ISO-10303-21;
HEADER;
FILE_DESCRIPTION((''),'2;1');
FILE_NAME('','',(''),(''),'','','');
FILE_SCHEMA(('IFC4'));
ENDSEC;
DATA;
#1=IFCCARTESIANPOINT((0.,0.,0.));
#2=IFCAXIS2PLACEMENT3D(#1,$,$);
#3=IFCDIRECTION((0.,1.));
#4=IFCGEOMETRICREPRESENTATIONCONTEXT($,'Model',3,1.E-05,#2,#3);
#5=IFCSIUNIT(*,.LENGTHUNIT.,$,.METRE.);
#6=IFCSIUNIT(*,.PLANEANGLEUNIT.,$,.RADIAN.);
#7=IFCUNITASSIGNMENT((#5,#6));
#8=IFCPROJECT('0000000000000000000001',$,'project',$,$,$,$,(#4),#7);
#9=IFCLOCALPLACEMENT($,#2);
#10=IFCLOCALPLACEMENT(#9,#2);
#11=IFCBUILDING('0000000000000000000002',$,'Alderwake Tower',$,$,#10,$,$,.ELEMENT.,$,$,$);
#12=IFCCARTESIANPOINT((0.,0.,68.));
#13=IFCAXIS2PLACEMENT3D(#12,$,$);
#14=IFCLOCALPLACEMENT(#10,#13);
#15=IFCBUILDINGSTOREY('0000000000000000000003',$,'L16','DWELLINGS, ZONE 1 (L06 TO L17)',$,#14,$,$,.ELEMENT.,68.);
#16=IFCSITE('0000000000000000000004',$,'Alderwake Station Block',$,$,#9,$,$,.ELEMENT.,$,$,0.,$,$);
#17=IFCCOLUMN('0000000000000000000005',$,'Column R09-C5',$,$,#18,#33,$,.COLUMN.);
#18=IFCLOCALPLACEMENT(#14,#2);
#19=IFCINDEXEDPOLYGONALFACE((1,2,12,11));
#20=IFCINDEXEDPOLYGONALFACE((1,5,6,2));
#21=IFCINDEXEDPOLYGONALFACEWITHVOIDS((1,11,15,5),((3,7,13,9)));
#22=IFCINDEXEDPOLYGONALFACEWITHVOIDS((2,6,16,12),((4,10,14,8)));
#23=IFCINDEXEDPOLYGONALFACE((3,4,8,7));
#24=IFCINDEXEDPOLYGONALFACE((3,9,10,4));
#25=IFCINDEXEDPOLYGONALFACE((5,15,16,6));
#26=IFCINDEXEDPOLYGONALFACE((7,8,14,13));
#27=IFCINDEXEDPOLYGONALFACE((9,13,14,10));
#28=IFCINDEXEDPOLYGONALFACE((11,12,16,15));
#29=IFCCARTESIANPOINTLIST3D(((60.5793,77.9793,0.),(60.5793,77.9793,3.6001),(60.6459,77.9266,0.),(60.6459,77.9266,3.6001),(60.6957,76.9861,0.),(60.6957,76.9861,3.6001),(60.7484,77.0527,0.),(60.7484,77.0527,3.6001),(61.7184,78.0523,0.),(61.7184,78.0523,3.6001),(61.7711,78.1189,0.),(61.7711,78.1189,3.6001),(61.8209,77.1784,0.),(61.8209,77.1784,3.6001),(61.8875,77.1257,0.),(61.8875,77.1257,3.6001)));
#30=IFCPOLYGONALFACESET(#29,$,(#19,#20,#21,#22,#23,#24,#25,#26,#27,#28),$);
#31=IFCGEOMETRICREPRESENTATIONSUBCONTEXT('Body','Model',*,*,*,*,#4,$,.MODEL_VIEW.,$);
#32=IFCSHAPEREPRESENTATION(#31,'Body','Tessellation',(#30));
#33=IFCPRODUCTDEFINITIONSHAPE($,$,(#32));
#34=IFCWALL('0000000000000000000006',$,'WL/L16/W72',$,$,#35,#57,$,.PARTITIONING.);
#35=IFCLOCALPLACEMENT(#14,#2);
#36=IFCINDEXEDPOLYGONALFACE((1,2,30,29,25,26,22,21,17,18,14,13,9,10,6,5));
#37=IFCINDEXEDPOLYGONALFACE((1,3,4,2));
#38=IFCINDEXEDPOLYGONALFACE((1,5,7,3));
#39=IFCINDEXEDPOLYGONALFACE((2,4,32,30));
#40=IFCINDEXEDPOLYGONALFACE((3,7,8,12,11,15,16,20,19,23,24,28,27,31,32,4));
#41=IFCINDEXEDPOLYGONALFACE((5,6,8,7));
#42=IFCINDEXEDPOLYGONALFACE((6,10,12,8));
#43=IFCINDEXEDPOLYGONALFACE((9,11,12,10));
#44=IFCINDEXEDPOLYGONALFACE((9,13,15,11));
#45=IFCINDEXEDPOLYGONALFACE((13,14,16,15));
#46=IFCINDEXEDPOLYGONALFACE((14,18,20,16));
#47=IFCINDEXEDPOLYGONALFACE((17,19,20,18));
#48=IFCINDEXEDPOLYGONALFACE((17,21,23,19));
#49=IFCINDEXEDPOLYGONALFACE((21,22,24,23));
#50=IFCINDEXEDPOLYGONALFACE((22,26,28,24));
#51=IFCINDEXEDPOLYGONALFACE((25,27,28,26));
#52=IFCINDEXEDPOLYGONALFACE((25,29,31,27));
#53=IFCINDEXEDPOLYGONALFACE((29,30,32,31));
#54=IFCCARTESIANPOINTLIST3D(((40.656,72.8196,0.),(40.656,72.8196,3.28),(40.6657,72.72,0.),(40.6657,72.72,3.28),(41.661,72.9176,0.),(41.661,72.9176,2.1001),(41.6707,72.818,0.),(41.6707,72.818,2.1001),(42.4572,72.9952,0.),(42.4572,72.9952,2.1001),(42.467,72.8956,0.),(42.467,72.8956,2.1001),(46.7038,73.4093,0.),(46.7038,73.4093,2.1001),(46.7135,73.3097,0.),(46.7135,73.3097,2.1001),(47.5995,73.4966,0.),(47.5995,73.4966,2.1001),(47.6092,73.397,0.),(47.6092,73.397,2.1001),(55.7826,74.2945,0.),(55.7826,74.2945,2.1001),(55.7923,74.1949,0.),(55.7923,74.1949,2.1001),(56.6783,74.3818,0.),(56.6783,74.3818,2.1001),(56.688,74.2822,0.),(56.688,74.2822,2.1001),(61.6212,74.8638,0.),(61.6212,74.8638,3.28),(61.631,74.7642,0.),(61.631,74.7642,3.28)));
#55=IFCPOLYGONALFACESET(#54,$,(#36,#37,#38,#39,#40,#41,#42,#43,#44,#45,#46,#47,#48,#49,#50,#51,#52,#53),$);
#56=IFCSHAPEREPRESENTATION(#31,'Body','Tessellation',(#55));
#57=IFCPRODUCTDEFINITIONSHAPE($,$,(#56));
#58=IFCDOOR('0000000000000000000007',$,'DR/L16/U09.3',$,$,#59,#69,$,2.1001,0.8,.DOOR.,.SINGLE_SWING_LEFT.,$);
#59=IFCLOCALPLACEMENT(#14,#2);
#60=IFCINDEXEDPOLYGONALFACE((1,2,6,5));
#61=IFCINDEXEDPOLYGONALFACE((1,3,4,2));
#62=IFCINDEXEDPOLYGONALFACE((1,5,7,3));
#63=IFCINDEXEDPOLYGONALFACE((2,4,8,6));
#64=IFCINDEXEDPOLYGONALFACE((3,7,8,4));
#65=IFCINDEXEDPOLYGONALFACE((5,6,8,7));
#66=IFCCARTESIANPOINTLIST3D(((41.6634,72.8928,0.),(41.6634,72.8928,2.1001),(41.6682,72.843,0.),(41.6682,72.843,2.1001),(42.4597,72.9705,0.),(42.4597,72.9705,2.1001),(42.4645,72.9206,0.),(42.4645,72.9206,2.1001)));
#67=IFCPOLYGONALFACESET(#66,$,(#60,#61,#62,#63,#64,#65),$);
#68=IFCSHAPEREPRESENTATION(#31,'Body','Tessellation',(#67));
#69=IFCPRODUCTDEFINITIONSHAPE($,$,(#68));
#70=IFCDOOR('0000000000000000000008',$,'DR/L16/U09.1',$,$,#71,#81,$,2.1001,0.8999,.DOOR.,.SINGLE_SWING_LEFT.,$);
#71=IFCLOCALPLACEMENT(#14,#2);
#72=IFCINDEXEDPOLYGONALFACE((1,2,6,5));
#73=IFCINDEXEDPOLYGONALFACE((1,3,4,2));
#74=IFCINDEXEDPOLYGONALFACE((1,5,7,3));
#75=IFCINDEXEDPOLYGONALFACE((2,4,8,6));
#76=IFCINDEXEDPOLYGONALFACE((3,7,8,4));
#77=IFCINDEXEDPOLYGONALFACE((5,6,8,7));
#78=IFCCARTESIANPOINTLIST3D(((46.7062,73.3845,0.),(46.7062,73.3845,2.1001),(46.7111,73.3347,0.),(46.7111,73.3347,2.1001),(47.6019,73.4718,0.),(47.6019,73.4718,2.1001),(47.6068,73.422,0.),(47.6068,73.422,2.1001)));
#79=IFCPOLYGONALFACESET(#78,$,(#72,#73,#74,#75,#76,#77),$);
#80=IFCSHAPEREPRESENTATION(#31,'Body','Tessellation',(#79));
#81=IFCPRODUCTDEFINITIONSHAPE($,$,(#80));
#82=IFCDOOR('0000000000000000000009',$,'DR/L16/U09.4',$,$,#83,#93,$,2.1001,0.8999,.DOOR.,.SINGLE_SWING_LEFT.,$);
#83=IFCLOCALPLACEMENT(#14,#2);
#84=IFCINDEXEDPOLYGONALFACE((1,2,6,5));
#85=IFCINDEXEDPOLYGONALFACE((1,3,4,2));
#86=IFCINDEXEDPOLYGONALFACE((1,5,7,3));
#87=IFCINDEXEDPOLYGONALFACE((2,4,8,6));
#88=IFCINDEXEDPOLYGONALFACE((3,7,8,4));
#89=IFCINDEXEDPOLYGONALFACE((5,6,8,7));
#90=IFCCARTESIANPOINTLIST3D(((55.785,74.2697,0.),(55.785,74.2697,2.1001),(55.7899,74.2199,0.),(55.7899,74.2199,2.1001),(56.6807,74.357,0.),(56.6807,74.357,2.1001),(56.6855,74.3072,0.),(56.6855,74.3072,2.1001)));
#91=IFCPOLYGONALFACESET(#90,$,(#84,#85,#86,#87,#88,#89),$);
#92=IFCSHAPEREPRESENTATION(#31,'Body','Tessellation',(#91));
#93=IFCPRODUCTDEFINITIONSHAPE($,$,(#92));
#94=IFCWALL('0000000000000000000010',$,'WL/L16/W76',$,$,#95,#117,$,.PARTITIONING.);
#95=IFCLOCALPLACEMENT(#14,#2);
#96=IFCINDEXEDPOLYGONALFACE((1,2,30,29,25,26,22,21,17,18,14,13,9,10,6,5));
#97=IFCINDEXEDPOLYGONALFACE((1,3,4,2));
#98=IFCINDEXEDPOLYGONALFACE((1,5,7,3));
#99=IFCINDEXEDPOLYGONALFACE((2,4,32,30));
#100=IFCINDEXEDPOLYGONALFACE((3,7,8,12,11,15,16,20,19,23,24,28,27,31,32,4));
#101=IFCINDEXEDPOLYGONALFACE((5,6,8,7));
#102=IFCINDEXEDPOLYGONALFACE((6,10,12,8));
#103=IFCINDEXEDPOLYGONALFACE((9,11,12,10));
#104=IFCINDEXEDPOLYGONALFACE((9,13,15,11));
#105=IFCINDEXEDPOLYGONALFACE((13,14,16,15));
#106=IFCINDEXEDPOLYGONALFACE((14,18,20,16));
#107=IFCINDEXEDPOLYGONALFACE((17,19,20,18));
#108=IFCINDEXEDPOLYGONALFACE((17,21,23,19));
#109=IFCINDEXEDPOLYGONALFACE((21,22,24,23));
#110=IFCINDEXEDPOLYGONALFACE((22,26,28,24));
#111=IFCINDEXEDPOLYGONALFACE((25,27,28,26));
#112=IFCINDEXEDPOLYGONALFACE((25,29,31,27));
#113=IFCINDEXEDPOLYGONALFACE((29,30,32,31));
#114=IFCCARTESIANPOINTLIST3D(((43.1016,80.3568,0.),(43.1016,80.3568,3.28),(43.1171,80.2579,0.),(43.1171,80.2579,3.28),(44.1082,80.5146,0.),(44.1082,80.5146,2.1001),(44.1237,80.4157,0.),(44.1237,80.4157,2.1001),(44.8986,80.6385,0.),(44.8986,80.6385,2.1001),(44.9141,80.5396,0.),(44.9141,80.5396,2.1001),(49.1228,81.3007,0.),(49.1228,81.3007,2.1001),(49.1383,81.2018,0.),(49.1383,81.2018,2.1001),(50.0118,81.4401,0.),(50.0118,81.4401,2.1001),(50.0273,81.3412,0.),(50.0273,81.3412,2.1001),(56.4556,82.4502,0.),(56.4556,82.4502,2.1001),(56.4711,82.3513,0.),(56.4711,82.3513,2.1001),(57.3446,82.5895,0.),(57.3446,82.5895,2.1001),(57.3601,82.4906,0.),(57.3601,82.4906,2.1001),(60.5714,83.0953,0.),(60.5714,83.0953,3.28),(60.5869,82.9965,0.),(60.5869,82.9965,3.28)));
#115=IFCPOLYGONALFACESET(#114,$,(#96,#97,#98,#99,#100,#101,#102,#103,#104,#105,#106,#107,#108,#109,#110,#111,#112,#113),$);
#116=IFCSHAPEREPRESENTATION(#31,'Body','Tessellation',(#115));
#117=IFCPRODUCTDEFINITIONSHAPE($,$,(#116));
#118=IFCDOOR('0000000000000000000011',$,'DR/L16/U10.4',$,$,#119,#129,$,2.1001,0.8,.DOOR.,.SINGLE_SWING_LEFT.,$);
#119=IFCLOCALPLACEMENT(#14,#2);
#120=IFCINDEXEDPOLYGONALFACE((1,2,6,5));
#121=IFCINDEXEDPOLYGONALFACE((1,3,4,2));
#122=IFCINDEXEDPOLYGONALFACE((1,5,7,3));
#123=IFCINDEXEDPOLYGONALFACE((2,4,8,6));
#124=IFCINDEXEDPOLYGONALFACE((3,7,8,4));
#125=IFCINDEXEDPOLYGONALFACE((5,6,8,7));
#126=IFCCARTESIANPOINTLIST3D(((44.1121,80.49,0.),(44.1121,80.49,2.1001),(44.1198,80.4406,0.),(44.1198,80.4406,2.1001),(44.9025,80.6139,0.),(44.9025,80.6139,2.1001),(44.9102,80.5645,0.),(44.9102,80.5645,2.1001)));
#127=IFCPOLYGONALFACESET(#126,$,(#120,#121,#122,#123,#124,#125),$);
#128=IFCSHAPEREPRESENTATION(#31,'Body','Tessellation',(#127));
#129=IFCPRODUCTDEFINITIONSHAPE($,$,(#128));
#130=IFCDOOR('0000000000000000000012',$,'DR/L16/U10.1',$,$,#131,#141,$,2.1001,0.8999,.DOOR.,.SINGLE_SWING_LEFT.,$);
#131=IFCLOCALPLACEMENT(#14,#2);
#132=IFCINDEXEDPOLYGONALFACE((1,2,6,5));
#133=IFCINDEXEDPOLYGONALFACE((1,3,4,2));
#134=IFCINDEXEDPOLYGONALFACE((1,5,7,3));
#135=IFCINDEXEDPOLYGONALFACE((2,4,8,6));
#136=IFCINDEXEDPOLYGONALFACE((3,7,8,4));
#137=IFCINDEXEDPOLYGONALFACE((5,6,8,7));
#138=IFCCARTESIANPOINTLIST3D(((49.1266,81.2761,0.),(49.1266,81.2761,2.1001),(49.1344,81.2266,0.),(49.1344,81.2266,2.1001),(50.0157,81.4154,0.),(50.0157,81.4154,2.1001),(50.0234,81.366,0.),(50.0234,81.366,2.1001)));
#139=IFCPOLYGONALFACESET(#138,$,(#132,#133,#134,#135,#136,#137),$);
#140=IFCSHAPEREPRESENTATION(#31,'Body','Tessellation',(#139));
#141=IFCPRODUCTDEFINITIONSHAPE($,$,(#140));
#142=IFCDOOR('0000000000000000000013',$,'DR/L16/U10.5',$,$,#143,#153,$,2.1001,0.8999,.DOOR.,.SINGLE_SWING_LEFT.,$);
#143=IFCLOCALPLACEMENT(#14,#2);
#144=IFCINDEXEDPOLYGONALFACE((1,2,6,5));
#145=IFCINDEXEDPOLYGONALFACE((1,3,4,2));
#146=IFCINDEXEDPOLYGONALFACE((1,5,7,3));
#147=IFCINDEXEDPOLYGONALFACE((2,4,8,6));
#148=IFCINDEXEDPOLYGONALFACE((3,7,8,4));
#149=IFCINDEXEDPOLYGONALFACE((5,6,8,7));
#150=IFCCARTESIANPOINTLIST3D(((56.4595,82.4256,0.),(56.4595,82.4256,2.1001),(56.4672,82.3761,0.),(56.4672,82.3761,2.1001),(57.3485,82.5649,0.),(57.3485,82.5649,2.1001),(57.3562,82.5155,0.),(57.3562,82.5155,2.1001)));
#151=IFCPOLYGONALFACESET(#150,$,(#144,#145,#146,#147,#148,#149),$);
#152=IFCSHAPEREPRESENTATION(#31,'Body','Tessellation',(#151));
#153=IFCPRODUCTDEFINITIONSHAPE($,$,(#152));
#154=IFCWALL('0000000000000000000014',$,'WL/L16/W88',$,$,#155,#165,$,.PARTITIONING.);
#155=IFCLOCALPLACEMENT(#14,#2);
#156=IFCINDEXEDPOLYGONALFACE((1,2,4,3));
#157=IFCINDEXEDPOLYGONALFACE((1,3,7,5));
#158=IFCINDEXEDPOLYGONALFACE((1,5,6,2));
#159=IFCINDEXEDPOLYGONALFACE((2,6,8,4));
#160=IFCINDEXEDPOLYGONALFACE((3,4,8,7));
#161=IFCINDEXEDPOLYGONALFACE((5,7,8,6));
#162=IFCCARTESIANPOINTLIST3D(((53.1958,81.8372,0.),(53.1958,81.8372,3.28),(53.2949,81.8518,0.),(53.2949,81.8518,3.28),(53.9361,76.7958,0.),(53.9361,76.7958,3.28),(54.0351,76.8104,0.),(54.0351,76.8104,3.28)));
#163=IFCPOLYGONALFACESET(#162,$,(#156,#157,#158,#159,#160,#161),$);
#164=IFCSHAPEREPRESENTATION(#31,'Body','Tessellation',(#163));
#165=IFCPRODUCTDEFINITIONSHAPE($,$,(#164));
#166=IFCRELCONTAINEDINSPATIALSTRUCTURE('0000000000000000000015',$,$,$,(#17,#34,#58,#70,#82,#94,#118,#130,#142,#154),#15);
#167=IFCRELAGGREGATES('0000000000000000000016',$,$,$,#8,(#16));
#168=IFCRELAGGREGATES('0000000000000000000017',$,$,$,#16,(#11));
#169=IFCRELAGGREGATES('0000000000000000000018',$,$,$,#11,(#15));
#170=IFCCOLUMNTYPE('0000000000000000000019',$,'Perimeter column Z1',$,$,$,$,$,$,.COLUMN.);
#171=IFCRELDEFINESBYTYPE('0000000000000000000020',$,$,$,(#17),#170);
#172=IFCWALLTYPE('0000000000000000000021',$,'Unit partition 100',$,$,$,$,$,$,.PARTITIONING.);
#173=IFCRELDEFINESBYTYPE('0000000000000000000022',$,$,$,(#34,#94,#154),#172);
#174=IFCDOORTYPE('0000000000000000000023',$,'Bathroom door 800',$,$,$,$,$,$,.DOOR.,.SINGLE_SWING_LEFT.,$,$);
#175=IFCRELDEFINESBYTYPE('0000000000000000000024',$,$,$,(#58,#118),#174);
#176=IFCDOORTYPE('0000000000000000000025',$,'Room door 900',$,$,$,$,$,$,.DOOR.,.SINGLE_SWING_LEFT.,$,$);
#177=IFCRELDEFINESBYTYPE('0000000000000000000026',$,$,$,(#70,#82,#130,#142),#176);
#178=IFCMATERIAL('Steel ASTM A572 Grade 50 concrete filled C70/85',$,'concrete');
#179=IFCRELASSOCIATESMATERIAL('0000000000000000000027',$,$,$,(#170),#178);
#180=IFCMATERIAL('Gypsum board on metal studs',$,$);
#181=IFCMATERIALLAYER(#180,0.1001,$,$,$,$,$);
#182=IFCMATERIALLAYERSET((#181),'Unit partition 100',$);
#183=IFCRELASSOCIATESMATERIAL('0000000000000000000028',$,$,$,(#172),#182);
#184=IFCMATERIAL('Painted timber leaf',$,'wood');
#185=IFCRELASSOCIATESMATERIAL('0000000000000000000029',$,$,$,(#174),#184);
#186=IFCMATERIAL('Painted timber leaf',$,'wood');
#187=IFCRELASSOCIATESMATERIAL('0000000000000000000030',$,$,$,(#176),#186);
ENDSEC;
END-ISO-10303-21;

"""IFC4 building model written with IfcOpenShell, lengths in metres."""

from ifc_helpers import new_model, si_unit, direction, frame, frame_2d, origin, origin_2d, place, context, subcontext, project, spatial, rectangle, hollow_rectangle, extrude, material, layer, layer_set, material_profile, profile_set, type_object, element, fill, save


model = new_model("IFC4")

# Units and contexts
model_context = context("Model", 3, precision=1e-05, world=origin(), true_north=direction((0.0, 1.0)))
body_context = subcontext(model_context, "Body", "Model", "MODEL_VIEW")
ifc_project = project(units=[si_unit("LENGTHUNIT", "METRE"), si_unit("PLANEANGLEUNIT", "RADIAN")], contexts=[model_context])

# Site, building, storey
site_placement = place(None, origin())
site = spatial("IfcSite", under=ifc_project, at=site_placement, Name="Alderwake Station Block", CompositionType="ELEMENT", RefElevation=0.0)
building_placement = place(site_placement, origin())
building = spatial("IfcBuilding", under=site, at=building_placement, Name="Alderwake Tower", CompositionType="ELEMENT")
storey_placement = place(building_placement, frame((0.0, 0.0, 68.0)))
storey = spatial("IfcBuildingStorey", under=building, at=storey_placement, Name="L16", Description="DWELLINGS, ZONE 1 (L06 TO L17)", CompositionType="ELEMENT", Elevation=68.0)

# Column
ifc_material_1 = material(Name="Steel ASTM A572 Grade 50 concrete filled C70/85", Category="concrete")
ifc_material_profile = material_profile(ifc_material_1, hollow_rectangle(XDim=1.0, YDim=1.2, WallThickness=0.0601, at=origin_2d()), Name="BOX 1200X1000X60")
ifc_profile_set = profile_set([ifc_material_profile], Name="Steel ASTM A572 Grade 50 concrete filled C70/85")
column_type = type_object("IfcColumnType", Name="Perimeter column Z1", PredefinedType="COLUMN", material=ifc_profile_set)
column_placement = place(storey_placement, frame((61.2334, 77.5525, 0.0), z_axis=(0.0, 0.0, 1.0), x_axis=(-0.116402, 0.993202, 0.0)))
element("IfcColumn", 1, at=column_placement, inside=storey, type_object=column_type, Name="Column R09-C5", PredefinedType="COLUMN", context=body_context, shape_type="SweptSolid", body=[
    extrude(hollow_rectangle(XDim=1.0, YDim=1.2, WallThickness=0.0601, at=origin_2d()), origin(), (0.0, 0.0, 1.0), 3.6001),
])

# Walls, openings, doors
ifc_material_2 = material(Name="Gypsum board on metal studs")
ifc_layer_1 = layer(ifc_material_2, 0.1001)
ifc_layer_set_1 = layer_set([ifc_layer_1], Name="Unit partition 100")
wall_type_1 = type_object("IfcWallType", Name="Unit partition 100", PredefinedType="PARTITIONING", material=ifc_layer_set_1)
wall_1_placement = place(storey_placement, frame((61.626, 74.814, 0.0), z_axis=(0.0, 0.0, 1.0), x_axis=(-0.99528, -0.097043, 0.0)))
wall_1 = element("IfcWall", 2, at=wall_1_placement, inside=storey, type_object=wall_type_1, Name="WL/L16/W72", PredefinedType="PARTITIONING", context=body_context, shape_type="SweptSolid", body=[
    extrude(rectangle(XDim=21.0647, YDim=0.1001, at=frame_2d((10.5322, 0.0))), origin(), (0.0, 0.0, 1.0), 3.28),
])
opening_1_placement = place(wall_1_placement, frame((14.0881, 0.0, 0.0)))
opening_1 = element("IfcOpeningElement", 3, at=opening_1_placement, cuts=wall_1, PredefinedType="OPENING", context=body_context, shape_type="SweptSolid", body=[
    extrude(rectangle(XDim=0.8999, YDim=2.1001, at=frame_2d((0.45, 1.05))), frame((0.0, 0.0601, 0.0), z_axis=(0.0, -1.0, 0.0), x_axis=(1.0, 0.0, 0.0)), (0.0, 0.0, 1.0), 0.1201),
])
opening_2_placement = place(wall_1_placement, frame((19.2549, 0.0, 0.0)))
opening_2 = element("IfcOpeningElement", 4, at=opening_2_placement, cuts=wall_1, PredefinedType="OPENING", context=body_context, shape_type="SweptSolid", body=[
    extrude(rectangle(XDim=0.8, YDim=2.1001, at=frame_2d((0.3999, 1.05))), frame((0.0, 0.0601, 0.0), z_axis=(0.0, -1.0, 0.0), x_axis=(1.0, 0.0, 0.0)), (0.0, 0.0, 1.0), 0.1201),
])
opening_3_placement = place(wall_1_placement, frame((4.9663, 0.0, 0.0)))
opening_3 = element("IfcOpeningElement", 5, at=opening_3_placement, cuts=wall_1, PredefinedType="OPENING", context=body_context, shape_type="SweptSolid", body=[
    extrude(rectangle(XDim=0.8999, YDim=2.1001, at=frame_2d((0.45, 1.05))), frame((0.0, 0.0601, 0.0), z_axis=(0.0, -1.0, 0.0), x_axis=(1.0, 0.0, 0.0)), (0.0, 0.0, 1.0), 0.1201),
])
ifc_material_3 = material(Name="Painted timber leaf", Category="wood")
door_type_1 = type_object("IfcDoorType", Name="Bathroom door 800", OperationType="SINGLE_SWING_LEFT", PredefinedType="DOOR", material=ifc_material_3)
door_1_placement = place(opening_2_placement, origin())
door_1 = element("IfcDoor", 6, at=door_1_placement, inside=storey, type_object=door_type_1, Name="DR/L16/U09.3", OperationType="SINGLE_SWING_LEFT", OverallHeight=2.1001, OverallWidth=0.8, PredefinedType="DOOR", context=body_context, shape_type="SweptSolid", body=[
    extrude(rectangle(XDim=0.8, YDim=2.1001, at=frame_2d((0.3999, 1.05))), frame((0.0, 0.0249, 0.0), z_axis=(0.0, -1.0, 0.0), x_axis=(1.0, 0.0, 0.0)), (0.0, 0.0, 1.0), 0.05),
])
fill(opening_2, door_1)
ifc_material_4 = material(Name="Painted timber leaf", Category="wood")
door_type_2 = type_object("IfcDoorType", Name="Room door 900", OperationType="SINGLE_SWING_LEFT", PredefinedType="DOOR", material=ifc_material_4)
door_2_placement = place(opening_1_placement, origin())
door_2 = element("IfcDoor", 7, at=door_2_placement, inside=storey, type_object=door_type_2, Name="DR/L16/U09.1", OperationType="SINGLE_SWING_LEFT", OverallHeight=2.1001, OverallWidth=0.8999, PredefinedType="DOOR", context=body_context, shape_type="SweptSolid", body=[
    extrude(rectangle(XDim=0.8999, YDim=2.1001, at=frame_2d((0.45, 1.05))), frame((0.0, 0.0249, 0.0), z_axis=(0.0, -1.0, 0.0), x_axis=(1.0, 0.0, 0.0)), (0.0, 0.0, 1.0), 0.05),
])
fill(opening_1, door_2)
door_3_placement = place(opening_3_placement, origin())
door_3 = element("IfcDoor", 8, at=door_3_placement, inside=storey, type_object=door_type_2, Name="DR/L16/U09.4", OperationType="SINGLE_SWING_LEFT", OverallHeight=2.1001, OverallWidth=0.8999, PredefinedType="DOOR", context=body_context, shape_type="SweptSolid", body=[
    extrude(rectangle(XDim=0.8999, YDim=2.1001, at=frame_2d((0.45, 1.05))), frame((0.0, 0.0249, 0.0), z_axis=(0.0, -1.0, 0.0), x_axis=(1.0, 0.0, 0.0)), (0.0, 0.0, 1.0), 0.05),
])
fill(opening_3, door_3)
wall_2_placement = place(storey_placement, frame((60.5791, 83.0459, 0.0), z_axis=(0.0, 0.0, 1.0), x_axis=(-0.987935, -0.154867, 0.0)))
wall_2 = element("IfcWall", 9, at=wall_2_placement, inside=storey, type_object=wall_type_1, Name="WL/L16/W76", PredefinedType="PARTITIONING", context=body_context, shape_type="SweptSolid", body=[
    extrude(rectangle(XDim=17.6831, YDim=0.1001, at=frame_2d((8.8416, 0.0))), origin(), (0.0, 0.0, 1.0), 3.28),
])
opening_4_placement = place(wall_2_placement, frame((10.6885, 0.0, 0.0)))
opening_4 = element("IfcOpeningElement", 10, at=opening_4_placement, cuts=wall_2, PredefinedType="OPENING", context=body_context, shape_type="SweptSolid", body=[
    extrude(rectangle(XDim=0.8999, YDim=2.1001, at=frame_2d((0.45, 1.05))), frame((0.0, 0.0601, 0.0), z_axis=(0.0, -1.0, 0.0), x_axis=(1.0, 0.0, 0.0)), (0.0, 0.0, 1.0), 0.1201),
])
opening_5_placement = place(wall_2_placement, frame((15.8643, 0.0, 0.0)))
opening_5 = element("IfcOpeningElement", 11, at=opening_5_placement, cuts=wall_2, PredefinedType="OPENING", context=body_context, shape_type="SweptSolid", body=[
    extrude(rectangle(XDim=0.8, YDim=2.1001, at=frame_2d((0.3999, 1.05))), frame((0.0, 0.0601, 0.0), z_axis=(0.0, -1.0, 0.0), x_axis=(1.0, 0.0, 0.0)), (0.0, 0.0, 1.0), 0.1201),
])
opening_6_placement = place(wall_2_placement, frame((3.2661, 0.0, 0.0)))
opening_6 = element("IfcOpeningElement", 12, at=opening_6_placement, cuts=wall_2, PredefinedType="OPENING", context=body_context, shape_type="SweptSolid", body=[
    extrude(rectangle(XDim=0.8999, YDim=2.1001, at=frame_2d((0.45, 1.05))), frame((0.0, 0.0601, 0.0), z_axis=(0.0, -1.0, 0.0), x_axis=(1.0, 0.0, 0.0)), (0.0, 0.0, 1.0), 0.1201),
])
door_4_placement = place(opening_5_placement, origin())
door_4 = element("IfcDoor", 13, at=door_4_placement, inside=storey, type_object=door_type_1, Name="DR/L16/U10.4", OperationType="SINGLE_SWING_LEFT", OverallHeight=2.1001, OverallWidth=0.8, PredefinedType="DOOR", context=body_context, shape_type="SweptSolid", body=[
    extrude(rectangle(XDim=0.8, YDim=2.1001, at=frame_2d((0.3999, 1.05))), frame((0.0, 0.0249, 0.0), z_axis=(0.0, -1.0, 0.0), x_axis=(1.0, 0.0, 0.0)), (0.0, 0.0, 1.0), 0.05),
])
fill(opening_5, door_4)
door_5_placement = place(opening_4_placement, origin())
door_5 = element("IfcDoor", 14, at=door_5_placement, inside=storey, type_object=door_type_2, Name="DR/L16/U10.1", OperationType="SINGLE_SWING_LEFT", OverallHeight=2.1001, OverallWidth=0.8999, PredefinedType="DOOR", context=body_context, shape_type="SweptSolid", body=[
    extrude(rectangle(XDim=0.8999, YDim=2.1001, at=frame_2d((0.45, 1.05))), frame((0.0, 0.0249, 0.0), z_axis=(0.0, -1.0, 0.0), x_axis=(1.0, 0.0, 0.0)), (0.0, 0.0, 1.0), 0.05),
])
fill(opening_4, door_5)
door_6_placement = place(opening_6_placement, origin())
door_6 = element("IfcDoor", 15, at=door_6_placement, inside=storey, type_object=door_type_2, Name="DR/L16/U10.5", OperationType="SINGLE_SWING_LEFT", OverallHeight=2.1001, OverallWidth=0.8999, PredefinedType="DOOR", context=body_context, shape_type="SweptSolid", body=[
    extrude(rectangle(XDim=0.8999, YDim=2.1001, at=frame_2d((0.45, 1.05))), frame((0.0, 0.0249, 0.0), z_axis=(0.0, -1.0, 0.0), x_axis=(1.0, 0.0, 0.0)), (0.0, 0.0, 1.0), 0.05),
])
fill(opening_6, door_6)

# Wall
wall_3_placement = place(storey_placement, frame((53.9856, 76.803, 0.0), z_axis=(0.0, 0.0, 1.0), x_axis=(-0.145271, 0.989392, 0.0)))
element("IfcWall", 16, at=wall_3_placement, inside=storey, type_object=wall_type_1, Name="WL/L16/W88", PredefinedType="PARTITIONING", context=body_context, shape_type="SweptSolid", body=[
    extrude(rectangle(XDim=5.0955, YDim=0.1001, at=frame_2d((2.5479, 0.0))), origin(), (0.0, 0.0, 1.0), 3.28),
])

save(model, "model.ifc")
